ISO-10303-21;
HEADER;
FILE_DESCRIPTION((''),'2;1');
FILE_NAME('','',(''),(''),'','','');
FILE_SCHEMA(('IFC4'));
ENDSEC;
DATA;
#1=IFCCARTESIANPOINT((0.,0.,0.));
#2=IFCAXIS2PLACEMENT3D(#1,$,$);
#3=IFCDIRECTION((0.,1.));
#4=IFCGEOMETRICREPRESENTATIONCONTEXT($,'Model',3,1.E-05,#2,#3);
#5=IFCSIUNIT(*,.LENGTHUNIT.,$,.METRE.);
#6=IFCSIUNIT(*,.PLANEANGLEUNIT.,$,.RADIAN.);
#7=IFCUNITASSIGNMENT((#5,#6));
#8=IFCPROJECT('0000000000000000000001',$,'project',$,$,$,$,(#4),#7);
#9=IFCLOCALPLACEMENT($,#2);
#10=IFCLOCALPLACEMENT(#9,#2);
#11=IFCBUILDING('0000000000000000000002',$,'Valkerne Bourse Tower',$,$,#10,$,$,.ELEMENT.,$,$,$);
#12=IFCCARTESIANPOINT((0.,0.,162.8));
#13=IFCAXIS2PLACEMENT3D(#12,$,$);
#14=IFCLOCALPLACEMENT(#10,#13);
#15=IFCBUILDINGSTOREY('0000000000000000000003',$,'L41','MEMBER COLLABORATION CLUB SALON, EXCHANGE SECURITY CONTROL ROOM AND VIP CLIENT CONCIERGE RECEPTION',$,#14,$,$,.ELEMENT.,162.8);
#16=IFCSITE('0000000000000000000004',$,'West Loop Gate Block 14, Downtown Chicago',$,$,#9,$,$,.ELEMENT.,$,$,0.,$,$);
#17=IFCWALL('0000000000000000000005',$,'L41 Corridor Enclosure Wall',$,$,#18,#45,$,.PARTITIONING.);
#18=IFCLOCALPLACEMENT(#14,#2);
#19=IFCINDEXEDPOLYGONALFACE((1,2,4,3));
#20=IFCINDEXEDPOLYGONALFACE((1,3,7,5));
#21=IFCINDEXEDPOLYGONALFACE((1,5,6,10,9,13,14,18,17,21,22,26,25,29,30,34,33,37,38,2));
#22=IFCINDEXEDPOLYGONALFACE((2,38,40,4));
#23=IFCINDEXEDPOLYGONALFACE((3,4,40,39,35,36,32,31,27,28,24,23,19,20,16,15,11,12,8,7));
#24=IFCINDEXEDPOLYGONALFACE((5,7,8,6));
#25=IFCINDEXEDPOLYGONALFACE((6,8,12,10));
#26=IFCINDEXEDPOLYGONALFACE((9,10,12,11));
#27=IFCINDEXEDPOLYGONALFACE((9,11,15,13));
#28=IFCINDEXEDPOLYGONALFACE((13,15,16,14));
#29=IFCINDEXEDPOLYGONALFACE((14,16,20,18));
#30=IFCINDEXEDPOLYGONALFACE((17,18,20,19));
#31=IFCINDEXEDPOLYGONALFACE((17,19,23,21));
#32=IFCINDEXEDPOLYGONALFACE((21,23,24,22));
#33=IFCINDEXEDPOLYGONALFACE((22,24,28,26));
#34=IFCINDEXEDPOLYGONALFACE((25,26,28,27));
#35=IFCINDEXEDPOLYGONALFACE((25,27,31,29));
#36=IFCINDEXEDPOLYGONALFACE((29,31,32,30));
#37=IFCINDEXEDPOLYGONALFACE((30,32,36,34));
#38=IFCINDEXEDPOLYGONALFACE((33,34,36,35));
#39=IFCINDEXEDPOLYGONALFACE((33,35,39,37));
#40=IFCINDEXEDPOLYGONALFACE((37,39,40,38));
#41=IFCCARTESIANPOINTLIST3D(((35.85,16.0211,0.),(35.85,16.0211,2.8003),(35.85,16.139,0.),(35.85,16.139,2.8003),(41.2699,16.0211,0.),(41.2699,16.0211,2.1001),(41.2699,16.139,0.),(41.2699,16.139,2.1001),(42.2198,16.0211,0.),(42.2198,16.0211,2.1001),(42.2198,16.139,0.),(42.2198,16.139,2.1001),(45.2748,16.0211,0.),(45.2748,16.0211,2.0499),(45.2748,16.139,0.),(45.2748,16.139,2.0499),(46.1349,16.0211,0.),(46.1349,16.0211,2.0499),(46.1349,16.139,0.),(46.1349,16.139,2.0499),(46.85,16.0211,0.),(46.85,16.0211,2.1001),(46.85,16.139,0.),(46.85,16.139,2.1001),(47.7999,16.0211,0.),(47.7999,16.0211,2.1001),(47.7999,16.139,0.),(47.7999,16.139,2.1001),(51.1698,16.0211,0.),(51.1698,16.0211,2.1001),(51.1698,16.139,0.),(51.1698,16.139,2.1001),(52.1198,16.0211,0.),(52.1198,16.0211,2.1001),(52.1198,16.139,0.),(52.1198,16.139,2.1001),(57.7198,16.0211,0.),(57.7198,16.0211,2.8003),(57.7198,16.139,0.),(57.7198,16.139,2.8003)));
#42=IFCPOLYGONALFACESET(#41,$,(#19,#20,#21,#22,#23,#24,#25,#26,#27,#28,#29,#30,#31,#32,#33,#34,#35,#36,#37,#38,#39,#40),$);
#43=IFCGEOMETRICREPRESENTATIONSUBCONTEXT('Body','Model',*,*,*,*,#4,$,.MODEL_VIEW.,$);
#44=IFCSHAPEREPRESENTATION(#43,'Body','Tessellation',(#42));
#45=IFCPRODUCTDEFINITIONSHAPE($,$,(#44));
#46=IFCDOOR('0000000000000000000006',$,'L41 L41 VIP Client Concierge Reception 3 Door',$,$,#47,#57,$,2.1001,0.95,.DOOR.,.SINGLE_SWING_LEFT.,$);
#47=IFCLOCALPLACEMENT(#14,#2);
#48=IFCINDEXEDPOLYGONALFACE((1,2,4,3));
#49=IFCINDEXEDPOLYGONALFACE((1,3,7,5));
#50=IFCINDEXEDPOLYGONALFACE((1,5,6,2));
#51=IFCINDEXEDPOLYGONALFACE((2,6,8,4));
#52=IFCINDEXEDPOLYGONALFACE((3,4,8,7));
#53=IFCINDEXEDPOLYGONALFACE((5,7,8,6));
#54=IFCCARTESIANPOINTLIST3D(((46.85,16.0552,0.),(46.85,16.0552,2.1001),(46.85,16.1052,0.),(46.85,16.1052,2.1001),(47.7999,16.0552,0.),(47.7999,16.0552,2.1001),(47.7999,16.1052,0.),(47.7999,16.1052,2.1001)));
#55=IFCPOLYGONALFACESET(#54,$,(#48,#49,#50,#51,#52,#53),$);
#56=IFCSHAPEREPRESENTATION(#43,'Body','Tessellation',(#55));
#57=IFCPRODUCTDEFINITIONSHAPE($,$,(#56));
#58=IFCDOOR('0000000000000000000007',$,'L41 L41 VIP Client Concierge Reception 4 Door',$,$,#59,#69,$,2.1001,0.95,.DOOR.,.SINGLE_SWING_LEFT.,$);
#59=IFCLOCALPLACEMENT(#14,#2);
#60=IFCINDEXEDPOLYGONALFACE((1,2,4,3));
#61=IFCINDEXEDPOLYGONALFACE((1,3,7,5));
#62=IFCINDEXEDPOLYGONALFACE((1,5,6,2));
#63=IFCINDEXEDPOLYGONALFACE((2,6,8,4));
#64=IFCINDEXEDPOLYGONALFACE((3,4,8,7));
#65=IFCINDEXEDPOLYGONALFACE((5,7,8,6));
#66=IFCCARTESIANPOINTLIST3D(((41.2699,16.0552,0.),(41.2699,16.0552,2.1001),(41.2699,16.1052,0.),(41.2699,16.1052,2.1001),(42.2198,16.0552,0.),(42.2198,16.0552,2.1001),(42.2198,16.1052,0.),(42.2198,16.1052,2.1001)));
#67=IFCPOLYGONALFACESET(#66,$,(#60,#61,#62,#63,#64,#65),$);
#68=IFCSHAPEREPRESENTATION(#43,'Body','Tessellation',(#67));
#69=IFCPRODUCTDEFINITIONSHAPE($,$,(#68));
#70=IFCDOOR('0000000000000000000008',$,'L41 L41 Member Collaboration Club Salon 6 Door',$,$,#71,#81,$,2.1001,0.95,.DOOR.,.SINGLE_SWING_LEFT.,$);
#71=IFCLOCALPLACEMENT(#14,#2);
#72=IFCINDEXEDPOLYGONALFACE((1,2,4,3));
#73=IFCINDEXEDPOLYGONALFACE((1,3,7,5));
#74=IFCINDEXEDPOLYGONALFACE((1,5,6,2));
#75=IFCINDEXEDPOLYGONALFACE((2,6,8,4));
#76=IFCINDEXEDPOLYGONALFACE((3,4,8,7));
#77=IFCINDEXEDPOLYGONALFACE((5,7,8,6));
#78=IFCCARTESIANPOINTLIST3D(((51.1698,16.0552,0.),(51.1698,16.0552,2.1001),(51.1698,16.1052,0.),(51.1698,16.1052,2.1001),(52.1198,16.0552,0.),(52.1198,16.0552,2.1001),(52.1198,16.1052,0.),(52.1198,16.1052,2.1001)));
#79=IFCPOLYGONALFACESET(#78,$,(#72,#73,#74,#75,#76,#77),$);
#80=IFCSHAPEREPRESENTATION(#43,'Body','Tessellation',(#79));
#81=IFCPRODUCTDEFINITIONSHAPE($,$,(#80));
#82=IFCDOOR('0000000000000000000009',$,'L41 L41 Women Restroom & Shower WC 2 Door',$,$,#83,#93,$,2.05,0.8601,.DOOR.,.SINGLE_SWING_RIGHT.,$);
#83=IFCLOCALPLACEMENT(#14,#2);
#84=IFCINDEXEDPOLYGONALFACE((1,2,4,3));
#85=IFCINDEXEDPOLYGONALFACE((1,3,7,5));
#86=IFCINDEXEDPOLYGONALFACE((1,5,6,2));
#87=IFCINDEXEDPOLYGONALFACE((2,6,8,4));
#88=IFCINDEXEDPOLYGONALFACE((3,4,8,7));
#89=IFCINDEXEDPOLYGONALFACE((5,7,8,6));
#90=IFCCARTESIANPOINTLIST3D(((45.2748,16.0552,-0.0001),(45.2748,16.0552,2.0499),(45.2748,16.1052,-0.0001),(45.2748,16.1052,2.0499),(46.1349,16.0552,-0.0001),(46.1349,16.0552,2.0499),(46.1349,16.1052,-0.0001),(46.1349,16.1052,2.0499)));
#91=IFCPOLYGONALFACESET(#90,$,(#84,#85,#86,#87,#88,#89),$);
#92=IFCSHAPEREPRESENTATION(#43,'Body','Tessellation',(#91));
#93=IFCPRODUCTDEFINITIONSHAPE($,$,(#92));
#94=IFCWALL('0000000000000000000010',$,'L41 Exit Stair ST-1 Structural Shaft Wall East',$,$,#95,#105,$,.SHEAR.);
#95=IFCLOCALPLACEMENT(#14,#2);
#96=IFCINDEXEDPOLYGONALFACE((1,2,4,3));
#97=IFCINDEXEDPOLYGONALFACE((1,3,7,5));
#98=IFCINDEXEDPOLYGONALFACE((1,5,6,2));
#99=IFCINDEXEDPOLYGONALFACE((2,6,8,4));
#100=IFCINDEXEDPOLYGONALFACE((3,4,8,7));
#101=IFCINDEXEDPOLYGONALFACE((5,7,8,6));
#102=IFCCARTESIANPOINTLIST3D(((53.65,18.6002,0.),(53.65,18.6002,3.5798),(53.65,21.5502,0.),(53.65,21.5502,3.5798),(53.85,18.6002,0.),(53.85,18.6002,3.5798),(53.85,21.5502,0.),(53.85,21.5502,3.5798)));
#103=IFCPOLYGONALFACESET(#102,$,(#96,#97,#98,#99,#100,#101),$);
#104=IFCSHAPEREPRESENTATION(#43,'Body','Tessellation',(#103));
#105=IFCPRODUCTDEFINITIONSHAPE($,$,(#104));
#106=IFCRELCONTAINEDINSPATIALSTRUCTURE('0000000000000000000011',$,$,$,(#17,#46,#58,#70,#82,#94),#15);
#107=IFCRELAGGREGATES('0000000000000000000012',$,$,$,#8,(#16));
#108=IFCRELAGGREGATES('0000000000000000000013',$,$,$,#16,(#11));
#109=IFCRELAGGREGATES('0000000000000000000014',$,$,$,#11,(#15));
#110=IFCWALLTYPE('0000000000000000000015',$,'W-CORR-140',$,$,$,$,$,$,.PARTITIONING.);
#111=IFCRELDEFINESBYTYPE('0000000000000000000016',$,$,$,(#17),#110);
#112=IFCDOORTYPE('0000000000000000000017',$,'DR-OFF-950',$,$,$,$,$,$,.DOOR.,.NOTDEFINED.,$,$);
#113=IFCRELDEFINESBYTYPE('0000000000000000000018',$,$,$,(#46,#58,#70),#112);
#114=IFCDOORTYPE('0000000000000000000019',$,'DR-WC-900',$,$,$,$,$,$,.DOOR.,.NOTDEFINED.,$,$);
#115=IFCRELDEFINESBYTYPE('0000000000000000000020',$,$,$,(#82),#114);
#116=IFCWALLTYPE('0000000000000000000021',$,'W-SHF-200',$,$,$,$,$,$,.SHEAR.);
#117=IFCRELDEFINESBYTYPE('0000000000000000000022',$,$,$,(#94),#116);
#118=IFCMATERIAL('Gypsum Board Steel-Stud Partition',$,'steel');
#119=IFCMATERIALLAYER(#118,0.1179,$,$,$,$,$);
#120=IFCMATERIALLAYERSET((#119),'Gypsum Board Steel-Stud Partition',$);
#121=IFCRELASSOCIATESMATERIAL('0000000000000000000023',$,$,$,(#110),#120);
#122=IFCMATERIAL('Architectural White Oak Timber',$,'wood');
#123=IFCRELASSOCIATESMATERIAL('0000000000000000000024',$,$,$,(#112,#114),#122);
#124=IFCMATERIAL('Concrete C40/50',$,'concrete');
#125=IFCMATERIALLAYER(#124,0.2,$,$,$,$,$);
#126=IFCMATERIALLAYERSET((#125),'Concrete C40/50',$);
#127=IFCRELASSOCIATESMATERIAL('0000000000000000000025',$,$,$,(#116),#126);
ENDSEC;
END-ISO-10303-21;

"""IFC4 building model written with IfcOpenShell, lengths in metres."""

from ifc_helpers import new_model, si_unit, direction, frame, frame_2d, origin, place, context, subcontext, project, spatial, rectangle, extrude, material, layer, layer_set, type_object, element, fill, save


model = new_model("IFC4")

# Units and contexts
model_context = context("Model", 3, precision=1e-05, world=origin(), true_north=direction((0.0, 1.0)))
body_context = subcontext(model_context, "Body", "Model", "MODEL_VIEW")
ifc_project = project(units=[si_unit("LENGTHUNIT", "METRE"), si_unit("PLANEANGLEUNIT", "RADIAN")], contexts=[model_context])

# Site, building, storey
site_placement = place(None, origin())
site = spatial("IfcSite", under=ifc_project, at=site_placement, Name="West Loop Gate Block 14, Downtown Chicago", CompositionType="ELEMENT", RefElevation=0.0)
building_placement = place(site_placement, origin())
building = spatial("IfcBuilding", under=site, at=building_placement, Name="Valkerne Bourse Tower", CompositionType="ELEMENT")
storey_placement = place(building_placement, frame((0.0, 0.0, 162.8)))
storey = spatial("IfcBuildingStorey", under=building, at=storey_placement, Name="L41", Description="MEMBER COLLABORATION CLUB SALON, EXCHANGE SECURITY CONTROL ROOM AND VIP CLIENT CONCIERGE RECEPTION", CompositionType="ELEMENT", Elevation=162.8)

# Wall, openings, doors
ifc_material_1 = material(Name="Gypsum Board Steel-Stud Partition", Category="steel")
ifc_layer_1 = layer(ifc_material_1, 0.1179)
ifc_layer_set_1 = layer_set([ifc_layer_1], Name="Gypsum Board Steel-Stud Partition")
wall_type_1 = type_object("IfcWallType", Name="W-CORR-140", PredefinedType="PARTITIONING", material=ifc_layer_set_1)
wall_1_placement = place(storey_placement, frame((57.72, 16.0801, 0.0), z_axis=(0.0, 0.0, 1.0), x_axis=(-1.0, 0.0, 0.0)))
wall_1 = element("IfcWall", 1, at=wall_1_placement, inside=storey, type_object=wall_type_1, Name="L41 Corridor Enclosure Wall", PredefinedType="PARTITIONING", context=body_context, shape_type="SweptSolid", body=[
    extrude(rectangle(XDim=21.8699, YDim=0.1179, at=frame_2d((10.9351, 0.0))), origin(), (0.0, 0.0, 1.0), 2.8003),
])
opening_1_placement = place(wall_1_placement, frame((11.585, 0.0, 0.0)))
opening_1 = element("IfcOpeningElement", 2, at=opening_1_placement, cuts=wall_1, PredefinedType="OPENING", context=body_context, shape_type="SweptSolid", body=[
    extrude(rectangle(XDim=0.8601, YDim=2.05, at=frame_2d((0.4302, 1.0249))), frame((0.0, 0.0688, 0.0), z_axis=(0.0, -1.0, 0.0), x_axis=(1.0, 0.0, 0.0)), (0.0, 0.0, 1.0), 0.1379),
])
opening_2_placement = place(wall_1_placement, frame((9.9199, 0.0, 0.0)))
opening_2 = element("IfcOpeningElement", 3, at=opening_2_placement, cuts=wall_1, PredefinedType="OPENING", context=body_context, shape_type="SweptSolid", body=[
    extrude(rectangle(XDim=0.95, YDim=2.1001, at=frame_2d((0.4751, 1.05))), frame((0.0, 0.0688, 0.0), z_axis=(0.0, -1.0, 0.0), x_axis=(1.0, 0.0, 0.0)), (0.0, 0.0, 1.0), 0.1379),
])
opening_3_placement = place(wall_1_placement, frame((15.5, 0.0, 0.0)))
opening_3 = element("IfcOpeningElement", 4, at=opening_3_placement, cuts=wall_1, PredefinedType="OPENING", context=body_context, shape_type="SweptSolid", body=[
    extrude(rectangle(XDim=0.95, YDim=2.1001, at=frame_2d((0.4751, 1.05))), frame((0.0, 0.0688, 0.0), z_axis=(0.0, -1.0, 0.0), x_axis=(1.0, 0.0, 0.0)), (0.0, 0.0, 1.0), 0.1379),
])
opening_4_placement = place(wall_1_placement, frame((5.6001, 0.0, 0.0)))
opening_4 = element("IfcOpeningElement", 5, at=opening_4_placement, cuts=wall_1, PredefinedType="OPENING", context=body_context, shape_type="SweptSolid", body=[
    extrude(rectangle(XDim=0.95, YDim=2.1001, at=frame_2d((0.4751, 1.05))), frame((0.0, 0.0688, 0.0), z_axis=(0.0, -1.0, 0.0), x_axis=(1.0, 0.0, 0.0)), (0.0, 0.0, 1.0), 0.1379),
])
ifc_material_2 = material(Name="Architectural White Oak Timber", Category="wood")
door_type_1 = type_object("IfcDoorType", Name="DR-OFF-950", OperationType="NOTDEFINED", PredefinedType="DOOR", material=ifc_material_2)
door_1_placement = place(opening_2_placement, origin())
door_1 = element("IfcDoor", 6, at=door_1_placement, inside=storey, type_object=door_type_1, Name="L41 L41 VIP Client Concierge Reception 3 Door", OperationType="SINGLE_SWING_LEFT", OverallHeight=2.1001, OverallWidth=0.95, PredefinedType="DOOR", context=body_context, shape_type="SweptSolid", body=[
    extrude(rectangle(XDim=0.95, YDim=2.1001, at=frame_2d((0.4751, 1.05))), frame((0.0, 0.0249, 0.0), z_axis=(0.0, -1.0, 0.0), x_axis=(1.0, 0.0, 0.0)), (0.0, 0.0, 1.0), 0.05),
])
fill(opening_2, door_1)
door_2_placement = place(opening_3_placement, origin())
door_2 = element("IfcDoor", 7, at=door_2_placement, inside=storey, type_object=door_type_1, Name="L41 L41 VIP Client Concierge Reception 4 Door", OperationType="SINGLE_SWING_LEFT", OverallHeight=2.1001, OverallWidth=0.95, PredefinedType="DOOR", context=body_context, shape_type="SweptSolid", body=[
    extrude(rectangle(XDim=0.95, YDim=2.1001, at=frame_2d((0.4751, 1.05))), frame((0.0, 0.0249, 0.0), z_axis=(0.0, -1.0, 0.0), x_axis=(1.0, 0.0, 0.0)), (0.0, 0.0, 1.0), 0.05),
])
fill(opening_3, door_2)
door_3_placement = place(opening_4_placement, origin())
door_3 = element("IfcDoor", 8, at=door_3_placement, inside=storey, type_object=door_type_1, Name="L41 L41 Member Collaboration Club Salon 6 Door", OperationType="SINGLE_SWING_LEFT", OverallHeight=2.1001, OverallWidth=0.95, PredefinedType="DOOR", context=body_context, shape_type="SweptSolid", body=[
    extrude(rectangle(XDim=0.95, YDim=2.1001, at=frame_2d((0.4751, 1.05))), frame((0.0, 0.0249, 0.0), z_axis=(0.0, -1.0, 0.0), x_axis=(1.0, 0.0, 0.0)), (0.0, 0.0, 1.0), 0.05),
])
fill(opening_4, door_3)
door_type_2 = type_object("IfcDoorType", Name="DR-WC-900", OperationType="NOTDEFINED", PredefinedType="DOOR", material=ifc_material_2)
door_4_placement = place(opening_1_placement, origin())
door_4 = element("IfcDoor", 9, at=door_4_placement, inside=storey, type_object=door_type_2, Name="L41 L41 Women Restroom & Shower WC 2 Door", OperationType="SINGLE_SWING_RIGHT", OverallHeight=2.05, OverallWidth=0.8601, PredefinedType="DOOR", context=body_context, shape_type="SweptSolid", body=[
    extrude(rectangle(XDim=0.8601, YDim=2.05, at=frame_2d((0.4302, 1.0249))), frame((0.0, 0.0249, 0.0), z_axis=(0.0, -1.0, 0.0), x_axis=(1.0, 0.0, 0.0)), (0.0, 0.0, 1.0), 0.05),
])
fill(opening_1, door_4)

# Wall
ifc_material_3 = material(Name="Concrete C40/50", Category="concrete")
ifc_layer_2 = layer(ifc_material_3, 0.2)
ifc_layer_set_2 = layer_set([ifc_layer_2], Name="Concrete C40/50")
wall_type_2 = type_object("IfcWallType", Name="W-SHF-200", PredefinedType="SHEAR", material=ifc_layer_set_2)
wall_2_placement = place(storey_placement, frame((53.75, 18.6001, 0.0), z_axis=(0.0, 0.0, 1.0), x_axis=(0.0, 1.0, 0.0)))
element("IfcWall", 10, at=wall_2_placement, inside=storey, type_object=wall_type_2, Name="L41 Exit Stair ST-1 Structural Shaft Wall East", PredefinedType="SHEAR", context=body_context, shape_type="SweptSolid", body=[
    extrude(rectangle(XDim=2.95, YDim=0.2, at=frame_2d((1.4751, 0.0))), origin(), (0.0, 0.0, 1.0), 3.5798),
])

save(model, "model.ifc")
